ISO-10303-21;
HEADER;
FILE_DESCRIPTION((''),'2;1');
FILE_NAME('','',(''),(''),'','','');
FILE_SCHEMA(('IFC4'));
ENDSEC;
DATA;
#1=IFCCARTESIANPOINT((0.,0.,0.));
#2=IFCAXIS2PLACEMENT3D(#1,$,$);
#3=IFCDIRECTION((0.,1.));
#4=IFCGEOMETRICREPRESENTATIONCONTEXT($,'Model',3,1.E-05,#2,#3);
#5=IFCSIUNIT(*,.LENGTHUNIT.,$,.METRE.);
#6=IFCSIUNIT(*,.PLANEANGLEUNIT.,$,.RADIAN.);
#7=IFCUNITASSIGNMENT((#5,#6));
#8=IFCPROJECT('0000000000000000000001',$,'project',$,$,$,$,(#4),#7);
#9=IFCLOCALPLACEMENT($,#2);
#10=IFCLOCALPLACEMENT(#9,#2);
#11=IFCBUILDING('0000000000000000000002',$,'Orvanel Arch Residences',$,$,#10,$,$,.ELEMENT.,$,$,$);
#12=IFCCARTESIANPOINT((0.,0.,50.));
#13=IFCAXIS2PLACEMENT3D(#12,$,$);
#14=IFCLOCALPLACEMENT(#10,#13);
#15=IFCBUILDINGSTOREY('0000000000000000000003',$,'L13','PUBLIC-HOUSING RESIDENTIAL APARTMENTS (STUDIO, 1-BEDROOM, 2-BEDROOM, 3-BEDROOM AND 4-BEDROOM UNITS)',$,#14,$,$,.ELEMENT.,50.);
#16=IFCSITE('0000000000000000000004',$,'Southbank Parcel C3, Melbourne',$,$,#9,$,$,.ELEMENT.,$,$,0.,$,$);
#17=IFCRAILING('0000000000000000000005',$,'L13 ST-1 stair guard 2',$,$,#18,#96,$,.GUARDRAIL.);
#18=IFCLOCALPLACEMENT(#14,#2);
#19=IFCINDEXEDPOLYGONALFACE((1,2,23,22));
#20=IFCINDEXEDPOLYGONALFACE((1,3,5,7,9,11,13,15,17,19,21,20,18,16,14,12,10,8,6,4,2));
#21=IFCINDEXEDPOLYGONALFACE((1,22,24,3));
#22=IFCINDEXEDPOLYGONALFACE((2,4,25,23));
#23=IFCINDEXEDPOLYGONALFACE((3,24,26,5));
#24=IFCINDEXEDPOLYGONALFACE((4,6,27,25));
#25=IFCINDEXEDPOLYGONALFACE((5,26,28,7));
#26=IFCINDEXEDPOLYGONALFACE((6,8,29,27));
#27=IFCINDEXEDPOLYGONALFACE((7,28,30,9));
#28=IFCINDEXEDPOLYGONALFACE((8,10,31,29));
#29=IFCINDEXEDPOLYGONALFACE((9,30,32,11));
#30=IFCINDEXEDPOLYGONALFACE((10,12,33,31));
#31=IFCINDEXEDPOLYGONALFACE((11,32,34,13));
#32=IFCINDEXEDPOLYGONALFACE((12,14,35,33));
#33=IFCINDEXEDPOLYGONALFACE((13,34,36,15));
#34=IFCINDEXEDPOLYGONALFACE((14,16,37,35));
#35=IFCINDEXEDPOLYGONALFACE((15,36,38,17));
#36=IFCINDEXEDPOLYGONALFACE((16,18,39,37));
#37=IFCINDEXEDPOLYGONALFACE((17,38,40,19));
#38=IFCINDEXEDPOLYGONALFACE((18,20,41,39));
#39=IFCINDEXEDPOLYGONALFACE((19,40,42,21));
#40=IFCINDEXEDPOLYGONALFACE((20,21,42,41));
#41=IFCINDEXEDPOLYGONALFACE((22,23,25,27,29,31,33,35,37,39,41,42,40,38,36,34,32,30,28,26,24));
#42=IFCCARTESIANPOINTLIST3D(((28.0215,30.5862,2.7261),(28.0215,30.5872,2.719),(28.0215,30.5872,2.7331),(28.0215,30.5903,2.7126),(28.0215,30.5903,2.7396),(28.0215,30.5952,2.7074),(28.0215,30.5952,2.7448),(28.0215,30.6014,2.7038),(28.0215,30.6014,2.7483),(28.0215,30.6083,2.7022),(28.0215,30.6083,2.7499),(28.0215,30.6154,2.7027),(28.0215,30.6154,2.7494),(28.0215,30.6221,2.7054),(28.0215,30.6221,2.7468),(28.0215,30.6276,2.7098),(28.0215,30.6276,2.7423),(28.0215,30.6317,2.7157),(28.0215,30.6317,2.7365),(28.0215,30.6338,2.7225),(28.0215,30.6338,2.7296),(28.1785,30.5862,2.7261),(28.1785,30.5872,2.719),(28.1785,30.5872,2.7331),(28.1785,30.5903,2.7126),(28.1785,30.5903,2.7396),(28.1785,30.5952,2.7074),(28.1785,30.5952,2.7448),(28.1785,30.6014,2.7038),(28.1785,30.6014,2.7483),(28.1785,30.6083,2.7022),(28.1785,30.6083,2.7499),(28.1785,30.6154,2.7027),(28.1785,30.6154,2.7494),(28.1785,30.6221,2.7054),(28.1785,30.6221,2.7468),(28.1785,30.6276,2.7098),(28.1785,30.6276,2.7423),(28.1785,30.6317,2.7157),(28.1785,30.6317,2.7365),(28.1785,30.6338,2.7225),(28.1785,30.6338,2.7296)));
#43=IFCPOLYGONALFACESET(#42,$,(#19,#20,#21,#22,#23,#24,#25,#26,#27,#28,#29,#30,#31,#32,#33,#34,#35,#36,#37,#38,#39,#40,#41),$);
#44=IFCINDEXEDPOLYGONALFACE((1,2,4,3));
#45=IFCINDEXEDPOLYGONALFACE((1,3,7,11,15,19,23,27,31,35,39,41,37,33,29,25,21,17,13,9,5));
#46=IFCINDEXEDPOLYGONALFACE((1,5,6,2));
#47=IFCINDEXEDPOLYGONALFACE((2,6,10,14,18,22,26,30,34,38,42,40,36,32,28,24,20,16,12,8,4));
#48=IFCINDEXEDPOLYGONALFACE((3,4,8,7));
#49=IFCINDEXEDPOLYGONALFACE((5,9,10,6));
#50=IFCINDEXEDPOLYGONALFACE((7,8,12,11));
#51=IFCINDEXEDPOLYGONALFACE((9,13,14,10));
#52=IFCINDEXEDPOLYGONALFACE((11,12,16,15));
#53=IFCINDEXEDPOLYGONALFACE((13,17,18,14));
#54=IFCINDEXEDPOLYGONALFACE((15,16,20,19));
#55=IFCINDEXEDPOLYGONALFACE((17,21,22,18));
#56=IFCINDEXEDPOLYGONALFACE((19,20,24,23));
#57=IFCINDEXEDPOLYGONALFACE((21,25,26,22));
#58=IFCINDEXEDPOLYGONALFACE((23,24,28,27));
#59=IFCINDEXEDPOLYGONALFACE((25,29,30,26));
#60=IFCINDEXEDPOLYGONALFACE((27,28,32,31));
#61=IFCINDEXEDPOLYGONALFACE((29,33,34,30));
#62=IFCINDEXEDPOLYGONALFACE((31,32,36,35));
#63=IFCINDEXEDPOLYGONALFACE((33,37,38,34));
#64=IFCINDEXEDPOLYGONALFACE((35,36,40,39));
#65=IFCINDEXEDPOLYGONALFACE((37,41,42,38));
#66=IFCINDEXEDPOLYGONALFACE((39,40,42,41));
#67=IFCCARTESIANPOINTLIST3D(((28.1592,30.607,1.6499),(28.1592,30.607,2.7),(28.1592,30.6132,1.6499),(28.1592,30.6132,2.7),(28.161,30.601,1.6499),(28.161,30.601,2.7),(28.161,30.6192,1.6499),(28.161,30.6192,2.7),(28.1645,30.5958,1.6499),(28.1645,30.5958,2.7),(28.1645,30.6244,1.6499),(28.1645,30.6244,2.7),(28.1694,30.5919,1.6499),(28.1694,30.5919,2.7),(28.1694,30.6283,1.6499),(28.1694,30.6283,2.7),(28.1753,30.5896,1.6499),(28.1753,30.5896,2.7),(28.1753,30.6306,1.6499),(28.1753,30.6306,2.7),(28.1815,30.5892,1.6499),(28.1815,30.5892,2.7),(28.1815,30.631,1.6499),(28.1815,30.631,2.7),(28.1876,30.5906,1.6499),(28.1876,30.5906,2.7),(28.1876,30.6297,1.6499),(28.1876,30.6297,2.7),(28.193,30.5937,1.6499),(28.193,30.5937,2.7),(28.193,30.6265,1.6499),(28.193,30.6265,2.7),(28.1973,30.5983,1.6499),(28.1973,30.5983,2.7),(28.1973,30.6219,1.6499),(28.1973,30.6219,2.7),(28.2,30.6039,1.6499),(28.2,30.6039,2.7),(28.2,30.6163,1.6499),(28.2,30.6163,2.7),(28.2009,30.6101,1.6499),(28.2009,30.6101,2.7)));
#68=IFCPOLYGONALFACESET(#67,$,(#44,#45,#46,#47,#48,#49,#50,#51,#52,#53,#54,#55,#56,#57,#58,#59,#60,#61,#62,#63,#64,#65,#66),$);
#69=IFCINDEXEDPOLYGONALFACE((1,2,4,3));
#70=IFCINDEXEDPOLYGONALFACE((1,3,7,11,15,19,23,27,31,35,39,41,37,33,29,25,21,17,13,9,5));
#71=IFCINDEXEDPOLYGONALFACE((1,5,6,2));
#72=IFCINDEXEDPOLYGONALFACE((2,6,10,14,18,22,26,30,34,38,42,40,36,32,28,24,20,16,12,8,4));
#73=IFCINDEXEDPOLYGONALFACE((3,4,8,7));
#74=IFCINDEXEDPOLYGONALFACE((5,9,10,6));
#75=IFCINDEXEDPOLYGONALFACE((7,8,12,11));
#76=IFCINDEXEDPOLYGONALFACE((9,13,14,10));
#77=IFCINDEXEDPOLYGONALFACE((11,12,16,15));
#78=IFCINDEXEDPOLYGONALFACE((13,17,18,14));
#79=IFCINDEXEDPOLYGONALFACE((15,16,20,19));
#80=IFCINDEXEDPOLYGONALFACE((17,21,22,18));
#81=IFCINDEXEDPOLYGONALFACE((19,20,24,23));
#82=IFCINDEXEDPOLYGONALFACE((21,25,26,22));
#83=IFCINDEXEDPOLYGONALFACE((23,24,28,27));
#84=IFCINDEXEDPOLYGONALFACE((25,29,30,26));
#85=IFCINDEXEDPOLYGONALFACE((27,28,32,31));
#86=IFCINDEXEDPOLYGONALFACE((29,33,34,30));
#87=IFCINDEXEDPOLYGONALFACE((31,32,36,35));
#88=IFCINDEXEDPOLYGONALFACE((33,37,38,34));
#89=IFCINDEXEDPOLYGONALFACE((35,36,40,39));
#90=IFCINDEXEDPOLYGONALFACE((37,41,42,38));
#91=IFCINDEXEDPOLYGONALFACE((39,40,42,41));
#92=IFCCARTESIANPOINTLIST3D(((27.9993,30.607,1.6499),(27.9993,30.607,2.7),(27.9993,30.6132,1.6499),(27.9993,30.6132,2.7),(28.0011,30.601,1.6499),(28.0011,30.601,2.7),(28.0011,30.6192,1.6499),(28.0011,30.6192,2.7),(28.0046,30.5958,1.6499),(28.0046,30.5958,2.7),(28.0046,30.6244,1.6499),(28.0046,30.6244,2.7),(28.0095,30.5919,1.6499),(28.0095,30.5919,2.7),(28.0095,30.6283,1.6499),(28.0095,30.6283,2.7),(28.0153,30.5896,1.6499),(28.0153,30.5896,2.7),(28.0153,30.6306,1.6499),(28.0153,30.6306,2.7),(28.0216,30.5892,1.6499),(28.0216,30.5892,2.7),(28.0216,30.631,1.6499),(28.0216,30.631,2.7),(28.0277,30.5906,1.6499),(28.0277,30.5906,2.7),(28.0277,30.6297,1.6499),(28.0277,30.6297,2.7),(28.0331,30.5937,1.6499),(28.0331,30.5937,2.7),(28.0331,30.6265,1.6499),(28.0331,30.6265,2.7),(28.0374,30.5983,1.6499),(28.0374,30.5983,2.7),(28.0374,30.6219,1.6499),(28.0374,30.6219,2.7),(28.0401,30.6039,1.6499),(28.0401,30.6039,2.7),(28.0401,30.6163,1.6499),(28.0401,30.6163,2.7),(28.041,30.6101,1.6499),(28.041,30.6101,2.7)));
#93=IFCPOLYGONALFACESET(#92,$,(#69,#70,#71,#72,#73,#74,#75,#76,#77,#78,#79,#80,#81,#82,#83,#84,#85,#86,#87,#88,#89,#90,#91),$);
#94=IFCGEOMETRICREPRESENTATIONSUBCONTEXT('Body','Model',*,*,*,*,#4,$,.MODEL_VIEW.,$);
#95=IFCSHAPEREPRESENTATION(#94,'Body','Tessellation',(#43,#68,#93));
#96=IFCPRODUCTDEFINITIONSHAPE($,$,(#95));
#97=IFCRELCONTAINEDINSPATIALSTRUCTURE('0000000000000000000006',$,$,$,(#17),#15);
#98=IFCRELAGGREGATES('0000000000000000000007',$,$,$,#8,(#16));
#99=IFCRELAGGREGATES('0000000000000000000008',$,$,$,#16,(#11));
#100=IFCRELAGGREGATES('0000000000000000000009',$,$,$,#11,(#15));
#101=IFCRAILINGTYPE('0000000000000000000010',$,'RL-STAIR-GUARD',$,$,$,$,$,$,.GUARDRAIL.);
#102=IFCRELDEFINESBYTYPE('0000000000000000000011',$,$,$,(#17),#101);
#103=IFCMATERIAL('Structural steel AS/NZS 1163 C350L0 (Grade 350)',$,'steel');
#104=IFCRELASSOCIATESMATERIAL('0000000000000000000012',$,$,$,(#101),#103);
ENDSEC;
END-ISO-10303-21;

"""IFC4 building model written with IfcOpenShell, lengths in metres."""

from ifc_helpers import new_model, si_unit, direction, frame, origin, origin_2d, place, context, subcontext, project, spatial, circle, extrude, material, type_object, element, save


model = new_model("IFC4")

# Units and contexts
model_context = context("Model", 3, precision=1e-05, world=origin(), true_north=direction((0.0, 1.0)))
body_context = subcontext(model_context, "Body", "Model", "MODEL_VIEW")
ifc_project = project(units=[si_unit("LENGTHUNIT", "METRE"), si_unit("PLANEANGLEUNIT", "RADIAN")], contexts=[model_context])

# Site, building, storey
site_placement = place(None, origin())
site = spatial("IfcSite", under=ifc_project, at=site_placement, Name="Southbank Parcel C3, Melbourne", CompositionType="ELEMENT", RefElevation=0.0)
building_placement = place(site_placement, origin())
building = spatial("IfcBuilding", under=site, at=building_placement, Name="Orvanel Arch Residences", CompositionType="ELEMENT")
storey_placement = place(building_placement, frame((0.0, 0.0, 50.0)))
storey = spatial("IfcBuildingStorey", under=building, at=storey_placement, Name="L13", Description="PUBLIC-HOUSING RESIDENTIAL APARTMENTS (STUDIO, 1-BEDROOM, 2-BEDROOM, 3-BEDROOM AND 4-BEDROOM UNITS)", CompositionType="ELEMENT", Elevation=50.0)

# Railing
ifc_material_1 = material(Name="Structural steel AS/NZS 1163 C350L0 (Grade 350)", Category="steel")
railing_type_1 = type_object("IfcRailingType", Name="RL-STAIR-GUARD", PredefinedType="GUARDRAIL", material=ifc_material_1)
railing_1_placement = place(storey_placement, frame((28.1799, 30.6101, 1.6499)))
element("IfcRailing", 1, at=railing_1_placement, inside=storey, type_object=railing_type_1, Name="L13 ST-1 stair guard 2", PredefinedType="GUARDRAIL", context=body_context, shape_type="SweptSolid", body=[
    extrude(circle(Radius=0.0239, at=origin_2d()), frame((-0.0015, 0.0, 1.0762), z_axis=(-1.0, 0.0, 0.0), x_axis=(0.0, -1.0, 0.0)), (0.0, 0.0, 1.0), 0.157),
    extrude(circle(Radius=0.021, at=origin_2d()), origin(), (0.0, 0.0, 1.0), 1.05),
    extrude(circle(Radius=0.021, at=origin_2d()), frame((-0.1599, 0.0, 0.0)), (0.0, 0.0, 1.0), 1.05),
])

save(model, "model.ifc")
